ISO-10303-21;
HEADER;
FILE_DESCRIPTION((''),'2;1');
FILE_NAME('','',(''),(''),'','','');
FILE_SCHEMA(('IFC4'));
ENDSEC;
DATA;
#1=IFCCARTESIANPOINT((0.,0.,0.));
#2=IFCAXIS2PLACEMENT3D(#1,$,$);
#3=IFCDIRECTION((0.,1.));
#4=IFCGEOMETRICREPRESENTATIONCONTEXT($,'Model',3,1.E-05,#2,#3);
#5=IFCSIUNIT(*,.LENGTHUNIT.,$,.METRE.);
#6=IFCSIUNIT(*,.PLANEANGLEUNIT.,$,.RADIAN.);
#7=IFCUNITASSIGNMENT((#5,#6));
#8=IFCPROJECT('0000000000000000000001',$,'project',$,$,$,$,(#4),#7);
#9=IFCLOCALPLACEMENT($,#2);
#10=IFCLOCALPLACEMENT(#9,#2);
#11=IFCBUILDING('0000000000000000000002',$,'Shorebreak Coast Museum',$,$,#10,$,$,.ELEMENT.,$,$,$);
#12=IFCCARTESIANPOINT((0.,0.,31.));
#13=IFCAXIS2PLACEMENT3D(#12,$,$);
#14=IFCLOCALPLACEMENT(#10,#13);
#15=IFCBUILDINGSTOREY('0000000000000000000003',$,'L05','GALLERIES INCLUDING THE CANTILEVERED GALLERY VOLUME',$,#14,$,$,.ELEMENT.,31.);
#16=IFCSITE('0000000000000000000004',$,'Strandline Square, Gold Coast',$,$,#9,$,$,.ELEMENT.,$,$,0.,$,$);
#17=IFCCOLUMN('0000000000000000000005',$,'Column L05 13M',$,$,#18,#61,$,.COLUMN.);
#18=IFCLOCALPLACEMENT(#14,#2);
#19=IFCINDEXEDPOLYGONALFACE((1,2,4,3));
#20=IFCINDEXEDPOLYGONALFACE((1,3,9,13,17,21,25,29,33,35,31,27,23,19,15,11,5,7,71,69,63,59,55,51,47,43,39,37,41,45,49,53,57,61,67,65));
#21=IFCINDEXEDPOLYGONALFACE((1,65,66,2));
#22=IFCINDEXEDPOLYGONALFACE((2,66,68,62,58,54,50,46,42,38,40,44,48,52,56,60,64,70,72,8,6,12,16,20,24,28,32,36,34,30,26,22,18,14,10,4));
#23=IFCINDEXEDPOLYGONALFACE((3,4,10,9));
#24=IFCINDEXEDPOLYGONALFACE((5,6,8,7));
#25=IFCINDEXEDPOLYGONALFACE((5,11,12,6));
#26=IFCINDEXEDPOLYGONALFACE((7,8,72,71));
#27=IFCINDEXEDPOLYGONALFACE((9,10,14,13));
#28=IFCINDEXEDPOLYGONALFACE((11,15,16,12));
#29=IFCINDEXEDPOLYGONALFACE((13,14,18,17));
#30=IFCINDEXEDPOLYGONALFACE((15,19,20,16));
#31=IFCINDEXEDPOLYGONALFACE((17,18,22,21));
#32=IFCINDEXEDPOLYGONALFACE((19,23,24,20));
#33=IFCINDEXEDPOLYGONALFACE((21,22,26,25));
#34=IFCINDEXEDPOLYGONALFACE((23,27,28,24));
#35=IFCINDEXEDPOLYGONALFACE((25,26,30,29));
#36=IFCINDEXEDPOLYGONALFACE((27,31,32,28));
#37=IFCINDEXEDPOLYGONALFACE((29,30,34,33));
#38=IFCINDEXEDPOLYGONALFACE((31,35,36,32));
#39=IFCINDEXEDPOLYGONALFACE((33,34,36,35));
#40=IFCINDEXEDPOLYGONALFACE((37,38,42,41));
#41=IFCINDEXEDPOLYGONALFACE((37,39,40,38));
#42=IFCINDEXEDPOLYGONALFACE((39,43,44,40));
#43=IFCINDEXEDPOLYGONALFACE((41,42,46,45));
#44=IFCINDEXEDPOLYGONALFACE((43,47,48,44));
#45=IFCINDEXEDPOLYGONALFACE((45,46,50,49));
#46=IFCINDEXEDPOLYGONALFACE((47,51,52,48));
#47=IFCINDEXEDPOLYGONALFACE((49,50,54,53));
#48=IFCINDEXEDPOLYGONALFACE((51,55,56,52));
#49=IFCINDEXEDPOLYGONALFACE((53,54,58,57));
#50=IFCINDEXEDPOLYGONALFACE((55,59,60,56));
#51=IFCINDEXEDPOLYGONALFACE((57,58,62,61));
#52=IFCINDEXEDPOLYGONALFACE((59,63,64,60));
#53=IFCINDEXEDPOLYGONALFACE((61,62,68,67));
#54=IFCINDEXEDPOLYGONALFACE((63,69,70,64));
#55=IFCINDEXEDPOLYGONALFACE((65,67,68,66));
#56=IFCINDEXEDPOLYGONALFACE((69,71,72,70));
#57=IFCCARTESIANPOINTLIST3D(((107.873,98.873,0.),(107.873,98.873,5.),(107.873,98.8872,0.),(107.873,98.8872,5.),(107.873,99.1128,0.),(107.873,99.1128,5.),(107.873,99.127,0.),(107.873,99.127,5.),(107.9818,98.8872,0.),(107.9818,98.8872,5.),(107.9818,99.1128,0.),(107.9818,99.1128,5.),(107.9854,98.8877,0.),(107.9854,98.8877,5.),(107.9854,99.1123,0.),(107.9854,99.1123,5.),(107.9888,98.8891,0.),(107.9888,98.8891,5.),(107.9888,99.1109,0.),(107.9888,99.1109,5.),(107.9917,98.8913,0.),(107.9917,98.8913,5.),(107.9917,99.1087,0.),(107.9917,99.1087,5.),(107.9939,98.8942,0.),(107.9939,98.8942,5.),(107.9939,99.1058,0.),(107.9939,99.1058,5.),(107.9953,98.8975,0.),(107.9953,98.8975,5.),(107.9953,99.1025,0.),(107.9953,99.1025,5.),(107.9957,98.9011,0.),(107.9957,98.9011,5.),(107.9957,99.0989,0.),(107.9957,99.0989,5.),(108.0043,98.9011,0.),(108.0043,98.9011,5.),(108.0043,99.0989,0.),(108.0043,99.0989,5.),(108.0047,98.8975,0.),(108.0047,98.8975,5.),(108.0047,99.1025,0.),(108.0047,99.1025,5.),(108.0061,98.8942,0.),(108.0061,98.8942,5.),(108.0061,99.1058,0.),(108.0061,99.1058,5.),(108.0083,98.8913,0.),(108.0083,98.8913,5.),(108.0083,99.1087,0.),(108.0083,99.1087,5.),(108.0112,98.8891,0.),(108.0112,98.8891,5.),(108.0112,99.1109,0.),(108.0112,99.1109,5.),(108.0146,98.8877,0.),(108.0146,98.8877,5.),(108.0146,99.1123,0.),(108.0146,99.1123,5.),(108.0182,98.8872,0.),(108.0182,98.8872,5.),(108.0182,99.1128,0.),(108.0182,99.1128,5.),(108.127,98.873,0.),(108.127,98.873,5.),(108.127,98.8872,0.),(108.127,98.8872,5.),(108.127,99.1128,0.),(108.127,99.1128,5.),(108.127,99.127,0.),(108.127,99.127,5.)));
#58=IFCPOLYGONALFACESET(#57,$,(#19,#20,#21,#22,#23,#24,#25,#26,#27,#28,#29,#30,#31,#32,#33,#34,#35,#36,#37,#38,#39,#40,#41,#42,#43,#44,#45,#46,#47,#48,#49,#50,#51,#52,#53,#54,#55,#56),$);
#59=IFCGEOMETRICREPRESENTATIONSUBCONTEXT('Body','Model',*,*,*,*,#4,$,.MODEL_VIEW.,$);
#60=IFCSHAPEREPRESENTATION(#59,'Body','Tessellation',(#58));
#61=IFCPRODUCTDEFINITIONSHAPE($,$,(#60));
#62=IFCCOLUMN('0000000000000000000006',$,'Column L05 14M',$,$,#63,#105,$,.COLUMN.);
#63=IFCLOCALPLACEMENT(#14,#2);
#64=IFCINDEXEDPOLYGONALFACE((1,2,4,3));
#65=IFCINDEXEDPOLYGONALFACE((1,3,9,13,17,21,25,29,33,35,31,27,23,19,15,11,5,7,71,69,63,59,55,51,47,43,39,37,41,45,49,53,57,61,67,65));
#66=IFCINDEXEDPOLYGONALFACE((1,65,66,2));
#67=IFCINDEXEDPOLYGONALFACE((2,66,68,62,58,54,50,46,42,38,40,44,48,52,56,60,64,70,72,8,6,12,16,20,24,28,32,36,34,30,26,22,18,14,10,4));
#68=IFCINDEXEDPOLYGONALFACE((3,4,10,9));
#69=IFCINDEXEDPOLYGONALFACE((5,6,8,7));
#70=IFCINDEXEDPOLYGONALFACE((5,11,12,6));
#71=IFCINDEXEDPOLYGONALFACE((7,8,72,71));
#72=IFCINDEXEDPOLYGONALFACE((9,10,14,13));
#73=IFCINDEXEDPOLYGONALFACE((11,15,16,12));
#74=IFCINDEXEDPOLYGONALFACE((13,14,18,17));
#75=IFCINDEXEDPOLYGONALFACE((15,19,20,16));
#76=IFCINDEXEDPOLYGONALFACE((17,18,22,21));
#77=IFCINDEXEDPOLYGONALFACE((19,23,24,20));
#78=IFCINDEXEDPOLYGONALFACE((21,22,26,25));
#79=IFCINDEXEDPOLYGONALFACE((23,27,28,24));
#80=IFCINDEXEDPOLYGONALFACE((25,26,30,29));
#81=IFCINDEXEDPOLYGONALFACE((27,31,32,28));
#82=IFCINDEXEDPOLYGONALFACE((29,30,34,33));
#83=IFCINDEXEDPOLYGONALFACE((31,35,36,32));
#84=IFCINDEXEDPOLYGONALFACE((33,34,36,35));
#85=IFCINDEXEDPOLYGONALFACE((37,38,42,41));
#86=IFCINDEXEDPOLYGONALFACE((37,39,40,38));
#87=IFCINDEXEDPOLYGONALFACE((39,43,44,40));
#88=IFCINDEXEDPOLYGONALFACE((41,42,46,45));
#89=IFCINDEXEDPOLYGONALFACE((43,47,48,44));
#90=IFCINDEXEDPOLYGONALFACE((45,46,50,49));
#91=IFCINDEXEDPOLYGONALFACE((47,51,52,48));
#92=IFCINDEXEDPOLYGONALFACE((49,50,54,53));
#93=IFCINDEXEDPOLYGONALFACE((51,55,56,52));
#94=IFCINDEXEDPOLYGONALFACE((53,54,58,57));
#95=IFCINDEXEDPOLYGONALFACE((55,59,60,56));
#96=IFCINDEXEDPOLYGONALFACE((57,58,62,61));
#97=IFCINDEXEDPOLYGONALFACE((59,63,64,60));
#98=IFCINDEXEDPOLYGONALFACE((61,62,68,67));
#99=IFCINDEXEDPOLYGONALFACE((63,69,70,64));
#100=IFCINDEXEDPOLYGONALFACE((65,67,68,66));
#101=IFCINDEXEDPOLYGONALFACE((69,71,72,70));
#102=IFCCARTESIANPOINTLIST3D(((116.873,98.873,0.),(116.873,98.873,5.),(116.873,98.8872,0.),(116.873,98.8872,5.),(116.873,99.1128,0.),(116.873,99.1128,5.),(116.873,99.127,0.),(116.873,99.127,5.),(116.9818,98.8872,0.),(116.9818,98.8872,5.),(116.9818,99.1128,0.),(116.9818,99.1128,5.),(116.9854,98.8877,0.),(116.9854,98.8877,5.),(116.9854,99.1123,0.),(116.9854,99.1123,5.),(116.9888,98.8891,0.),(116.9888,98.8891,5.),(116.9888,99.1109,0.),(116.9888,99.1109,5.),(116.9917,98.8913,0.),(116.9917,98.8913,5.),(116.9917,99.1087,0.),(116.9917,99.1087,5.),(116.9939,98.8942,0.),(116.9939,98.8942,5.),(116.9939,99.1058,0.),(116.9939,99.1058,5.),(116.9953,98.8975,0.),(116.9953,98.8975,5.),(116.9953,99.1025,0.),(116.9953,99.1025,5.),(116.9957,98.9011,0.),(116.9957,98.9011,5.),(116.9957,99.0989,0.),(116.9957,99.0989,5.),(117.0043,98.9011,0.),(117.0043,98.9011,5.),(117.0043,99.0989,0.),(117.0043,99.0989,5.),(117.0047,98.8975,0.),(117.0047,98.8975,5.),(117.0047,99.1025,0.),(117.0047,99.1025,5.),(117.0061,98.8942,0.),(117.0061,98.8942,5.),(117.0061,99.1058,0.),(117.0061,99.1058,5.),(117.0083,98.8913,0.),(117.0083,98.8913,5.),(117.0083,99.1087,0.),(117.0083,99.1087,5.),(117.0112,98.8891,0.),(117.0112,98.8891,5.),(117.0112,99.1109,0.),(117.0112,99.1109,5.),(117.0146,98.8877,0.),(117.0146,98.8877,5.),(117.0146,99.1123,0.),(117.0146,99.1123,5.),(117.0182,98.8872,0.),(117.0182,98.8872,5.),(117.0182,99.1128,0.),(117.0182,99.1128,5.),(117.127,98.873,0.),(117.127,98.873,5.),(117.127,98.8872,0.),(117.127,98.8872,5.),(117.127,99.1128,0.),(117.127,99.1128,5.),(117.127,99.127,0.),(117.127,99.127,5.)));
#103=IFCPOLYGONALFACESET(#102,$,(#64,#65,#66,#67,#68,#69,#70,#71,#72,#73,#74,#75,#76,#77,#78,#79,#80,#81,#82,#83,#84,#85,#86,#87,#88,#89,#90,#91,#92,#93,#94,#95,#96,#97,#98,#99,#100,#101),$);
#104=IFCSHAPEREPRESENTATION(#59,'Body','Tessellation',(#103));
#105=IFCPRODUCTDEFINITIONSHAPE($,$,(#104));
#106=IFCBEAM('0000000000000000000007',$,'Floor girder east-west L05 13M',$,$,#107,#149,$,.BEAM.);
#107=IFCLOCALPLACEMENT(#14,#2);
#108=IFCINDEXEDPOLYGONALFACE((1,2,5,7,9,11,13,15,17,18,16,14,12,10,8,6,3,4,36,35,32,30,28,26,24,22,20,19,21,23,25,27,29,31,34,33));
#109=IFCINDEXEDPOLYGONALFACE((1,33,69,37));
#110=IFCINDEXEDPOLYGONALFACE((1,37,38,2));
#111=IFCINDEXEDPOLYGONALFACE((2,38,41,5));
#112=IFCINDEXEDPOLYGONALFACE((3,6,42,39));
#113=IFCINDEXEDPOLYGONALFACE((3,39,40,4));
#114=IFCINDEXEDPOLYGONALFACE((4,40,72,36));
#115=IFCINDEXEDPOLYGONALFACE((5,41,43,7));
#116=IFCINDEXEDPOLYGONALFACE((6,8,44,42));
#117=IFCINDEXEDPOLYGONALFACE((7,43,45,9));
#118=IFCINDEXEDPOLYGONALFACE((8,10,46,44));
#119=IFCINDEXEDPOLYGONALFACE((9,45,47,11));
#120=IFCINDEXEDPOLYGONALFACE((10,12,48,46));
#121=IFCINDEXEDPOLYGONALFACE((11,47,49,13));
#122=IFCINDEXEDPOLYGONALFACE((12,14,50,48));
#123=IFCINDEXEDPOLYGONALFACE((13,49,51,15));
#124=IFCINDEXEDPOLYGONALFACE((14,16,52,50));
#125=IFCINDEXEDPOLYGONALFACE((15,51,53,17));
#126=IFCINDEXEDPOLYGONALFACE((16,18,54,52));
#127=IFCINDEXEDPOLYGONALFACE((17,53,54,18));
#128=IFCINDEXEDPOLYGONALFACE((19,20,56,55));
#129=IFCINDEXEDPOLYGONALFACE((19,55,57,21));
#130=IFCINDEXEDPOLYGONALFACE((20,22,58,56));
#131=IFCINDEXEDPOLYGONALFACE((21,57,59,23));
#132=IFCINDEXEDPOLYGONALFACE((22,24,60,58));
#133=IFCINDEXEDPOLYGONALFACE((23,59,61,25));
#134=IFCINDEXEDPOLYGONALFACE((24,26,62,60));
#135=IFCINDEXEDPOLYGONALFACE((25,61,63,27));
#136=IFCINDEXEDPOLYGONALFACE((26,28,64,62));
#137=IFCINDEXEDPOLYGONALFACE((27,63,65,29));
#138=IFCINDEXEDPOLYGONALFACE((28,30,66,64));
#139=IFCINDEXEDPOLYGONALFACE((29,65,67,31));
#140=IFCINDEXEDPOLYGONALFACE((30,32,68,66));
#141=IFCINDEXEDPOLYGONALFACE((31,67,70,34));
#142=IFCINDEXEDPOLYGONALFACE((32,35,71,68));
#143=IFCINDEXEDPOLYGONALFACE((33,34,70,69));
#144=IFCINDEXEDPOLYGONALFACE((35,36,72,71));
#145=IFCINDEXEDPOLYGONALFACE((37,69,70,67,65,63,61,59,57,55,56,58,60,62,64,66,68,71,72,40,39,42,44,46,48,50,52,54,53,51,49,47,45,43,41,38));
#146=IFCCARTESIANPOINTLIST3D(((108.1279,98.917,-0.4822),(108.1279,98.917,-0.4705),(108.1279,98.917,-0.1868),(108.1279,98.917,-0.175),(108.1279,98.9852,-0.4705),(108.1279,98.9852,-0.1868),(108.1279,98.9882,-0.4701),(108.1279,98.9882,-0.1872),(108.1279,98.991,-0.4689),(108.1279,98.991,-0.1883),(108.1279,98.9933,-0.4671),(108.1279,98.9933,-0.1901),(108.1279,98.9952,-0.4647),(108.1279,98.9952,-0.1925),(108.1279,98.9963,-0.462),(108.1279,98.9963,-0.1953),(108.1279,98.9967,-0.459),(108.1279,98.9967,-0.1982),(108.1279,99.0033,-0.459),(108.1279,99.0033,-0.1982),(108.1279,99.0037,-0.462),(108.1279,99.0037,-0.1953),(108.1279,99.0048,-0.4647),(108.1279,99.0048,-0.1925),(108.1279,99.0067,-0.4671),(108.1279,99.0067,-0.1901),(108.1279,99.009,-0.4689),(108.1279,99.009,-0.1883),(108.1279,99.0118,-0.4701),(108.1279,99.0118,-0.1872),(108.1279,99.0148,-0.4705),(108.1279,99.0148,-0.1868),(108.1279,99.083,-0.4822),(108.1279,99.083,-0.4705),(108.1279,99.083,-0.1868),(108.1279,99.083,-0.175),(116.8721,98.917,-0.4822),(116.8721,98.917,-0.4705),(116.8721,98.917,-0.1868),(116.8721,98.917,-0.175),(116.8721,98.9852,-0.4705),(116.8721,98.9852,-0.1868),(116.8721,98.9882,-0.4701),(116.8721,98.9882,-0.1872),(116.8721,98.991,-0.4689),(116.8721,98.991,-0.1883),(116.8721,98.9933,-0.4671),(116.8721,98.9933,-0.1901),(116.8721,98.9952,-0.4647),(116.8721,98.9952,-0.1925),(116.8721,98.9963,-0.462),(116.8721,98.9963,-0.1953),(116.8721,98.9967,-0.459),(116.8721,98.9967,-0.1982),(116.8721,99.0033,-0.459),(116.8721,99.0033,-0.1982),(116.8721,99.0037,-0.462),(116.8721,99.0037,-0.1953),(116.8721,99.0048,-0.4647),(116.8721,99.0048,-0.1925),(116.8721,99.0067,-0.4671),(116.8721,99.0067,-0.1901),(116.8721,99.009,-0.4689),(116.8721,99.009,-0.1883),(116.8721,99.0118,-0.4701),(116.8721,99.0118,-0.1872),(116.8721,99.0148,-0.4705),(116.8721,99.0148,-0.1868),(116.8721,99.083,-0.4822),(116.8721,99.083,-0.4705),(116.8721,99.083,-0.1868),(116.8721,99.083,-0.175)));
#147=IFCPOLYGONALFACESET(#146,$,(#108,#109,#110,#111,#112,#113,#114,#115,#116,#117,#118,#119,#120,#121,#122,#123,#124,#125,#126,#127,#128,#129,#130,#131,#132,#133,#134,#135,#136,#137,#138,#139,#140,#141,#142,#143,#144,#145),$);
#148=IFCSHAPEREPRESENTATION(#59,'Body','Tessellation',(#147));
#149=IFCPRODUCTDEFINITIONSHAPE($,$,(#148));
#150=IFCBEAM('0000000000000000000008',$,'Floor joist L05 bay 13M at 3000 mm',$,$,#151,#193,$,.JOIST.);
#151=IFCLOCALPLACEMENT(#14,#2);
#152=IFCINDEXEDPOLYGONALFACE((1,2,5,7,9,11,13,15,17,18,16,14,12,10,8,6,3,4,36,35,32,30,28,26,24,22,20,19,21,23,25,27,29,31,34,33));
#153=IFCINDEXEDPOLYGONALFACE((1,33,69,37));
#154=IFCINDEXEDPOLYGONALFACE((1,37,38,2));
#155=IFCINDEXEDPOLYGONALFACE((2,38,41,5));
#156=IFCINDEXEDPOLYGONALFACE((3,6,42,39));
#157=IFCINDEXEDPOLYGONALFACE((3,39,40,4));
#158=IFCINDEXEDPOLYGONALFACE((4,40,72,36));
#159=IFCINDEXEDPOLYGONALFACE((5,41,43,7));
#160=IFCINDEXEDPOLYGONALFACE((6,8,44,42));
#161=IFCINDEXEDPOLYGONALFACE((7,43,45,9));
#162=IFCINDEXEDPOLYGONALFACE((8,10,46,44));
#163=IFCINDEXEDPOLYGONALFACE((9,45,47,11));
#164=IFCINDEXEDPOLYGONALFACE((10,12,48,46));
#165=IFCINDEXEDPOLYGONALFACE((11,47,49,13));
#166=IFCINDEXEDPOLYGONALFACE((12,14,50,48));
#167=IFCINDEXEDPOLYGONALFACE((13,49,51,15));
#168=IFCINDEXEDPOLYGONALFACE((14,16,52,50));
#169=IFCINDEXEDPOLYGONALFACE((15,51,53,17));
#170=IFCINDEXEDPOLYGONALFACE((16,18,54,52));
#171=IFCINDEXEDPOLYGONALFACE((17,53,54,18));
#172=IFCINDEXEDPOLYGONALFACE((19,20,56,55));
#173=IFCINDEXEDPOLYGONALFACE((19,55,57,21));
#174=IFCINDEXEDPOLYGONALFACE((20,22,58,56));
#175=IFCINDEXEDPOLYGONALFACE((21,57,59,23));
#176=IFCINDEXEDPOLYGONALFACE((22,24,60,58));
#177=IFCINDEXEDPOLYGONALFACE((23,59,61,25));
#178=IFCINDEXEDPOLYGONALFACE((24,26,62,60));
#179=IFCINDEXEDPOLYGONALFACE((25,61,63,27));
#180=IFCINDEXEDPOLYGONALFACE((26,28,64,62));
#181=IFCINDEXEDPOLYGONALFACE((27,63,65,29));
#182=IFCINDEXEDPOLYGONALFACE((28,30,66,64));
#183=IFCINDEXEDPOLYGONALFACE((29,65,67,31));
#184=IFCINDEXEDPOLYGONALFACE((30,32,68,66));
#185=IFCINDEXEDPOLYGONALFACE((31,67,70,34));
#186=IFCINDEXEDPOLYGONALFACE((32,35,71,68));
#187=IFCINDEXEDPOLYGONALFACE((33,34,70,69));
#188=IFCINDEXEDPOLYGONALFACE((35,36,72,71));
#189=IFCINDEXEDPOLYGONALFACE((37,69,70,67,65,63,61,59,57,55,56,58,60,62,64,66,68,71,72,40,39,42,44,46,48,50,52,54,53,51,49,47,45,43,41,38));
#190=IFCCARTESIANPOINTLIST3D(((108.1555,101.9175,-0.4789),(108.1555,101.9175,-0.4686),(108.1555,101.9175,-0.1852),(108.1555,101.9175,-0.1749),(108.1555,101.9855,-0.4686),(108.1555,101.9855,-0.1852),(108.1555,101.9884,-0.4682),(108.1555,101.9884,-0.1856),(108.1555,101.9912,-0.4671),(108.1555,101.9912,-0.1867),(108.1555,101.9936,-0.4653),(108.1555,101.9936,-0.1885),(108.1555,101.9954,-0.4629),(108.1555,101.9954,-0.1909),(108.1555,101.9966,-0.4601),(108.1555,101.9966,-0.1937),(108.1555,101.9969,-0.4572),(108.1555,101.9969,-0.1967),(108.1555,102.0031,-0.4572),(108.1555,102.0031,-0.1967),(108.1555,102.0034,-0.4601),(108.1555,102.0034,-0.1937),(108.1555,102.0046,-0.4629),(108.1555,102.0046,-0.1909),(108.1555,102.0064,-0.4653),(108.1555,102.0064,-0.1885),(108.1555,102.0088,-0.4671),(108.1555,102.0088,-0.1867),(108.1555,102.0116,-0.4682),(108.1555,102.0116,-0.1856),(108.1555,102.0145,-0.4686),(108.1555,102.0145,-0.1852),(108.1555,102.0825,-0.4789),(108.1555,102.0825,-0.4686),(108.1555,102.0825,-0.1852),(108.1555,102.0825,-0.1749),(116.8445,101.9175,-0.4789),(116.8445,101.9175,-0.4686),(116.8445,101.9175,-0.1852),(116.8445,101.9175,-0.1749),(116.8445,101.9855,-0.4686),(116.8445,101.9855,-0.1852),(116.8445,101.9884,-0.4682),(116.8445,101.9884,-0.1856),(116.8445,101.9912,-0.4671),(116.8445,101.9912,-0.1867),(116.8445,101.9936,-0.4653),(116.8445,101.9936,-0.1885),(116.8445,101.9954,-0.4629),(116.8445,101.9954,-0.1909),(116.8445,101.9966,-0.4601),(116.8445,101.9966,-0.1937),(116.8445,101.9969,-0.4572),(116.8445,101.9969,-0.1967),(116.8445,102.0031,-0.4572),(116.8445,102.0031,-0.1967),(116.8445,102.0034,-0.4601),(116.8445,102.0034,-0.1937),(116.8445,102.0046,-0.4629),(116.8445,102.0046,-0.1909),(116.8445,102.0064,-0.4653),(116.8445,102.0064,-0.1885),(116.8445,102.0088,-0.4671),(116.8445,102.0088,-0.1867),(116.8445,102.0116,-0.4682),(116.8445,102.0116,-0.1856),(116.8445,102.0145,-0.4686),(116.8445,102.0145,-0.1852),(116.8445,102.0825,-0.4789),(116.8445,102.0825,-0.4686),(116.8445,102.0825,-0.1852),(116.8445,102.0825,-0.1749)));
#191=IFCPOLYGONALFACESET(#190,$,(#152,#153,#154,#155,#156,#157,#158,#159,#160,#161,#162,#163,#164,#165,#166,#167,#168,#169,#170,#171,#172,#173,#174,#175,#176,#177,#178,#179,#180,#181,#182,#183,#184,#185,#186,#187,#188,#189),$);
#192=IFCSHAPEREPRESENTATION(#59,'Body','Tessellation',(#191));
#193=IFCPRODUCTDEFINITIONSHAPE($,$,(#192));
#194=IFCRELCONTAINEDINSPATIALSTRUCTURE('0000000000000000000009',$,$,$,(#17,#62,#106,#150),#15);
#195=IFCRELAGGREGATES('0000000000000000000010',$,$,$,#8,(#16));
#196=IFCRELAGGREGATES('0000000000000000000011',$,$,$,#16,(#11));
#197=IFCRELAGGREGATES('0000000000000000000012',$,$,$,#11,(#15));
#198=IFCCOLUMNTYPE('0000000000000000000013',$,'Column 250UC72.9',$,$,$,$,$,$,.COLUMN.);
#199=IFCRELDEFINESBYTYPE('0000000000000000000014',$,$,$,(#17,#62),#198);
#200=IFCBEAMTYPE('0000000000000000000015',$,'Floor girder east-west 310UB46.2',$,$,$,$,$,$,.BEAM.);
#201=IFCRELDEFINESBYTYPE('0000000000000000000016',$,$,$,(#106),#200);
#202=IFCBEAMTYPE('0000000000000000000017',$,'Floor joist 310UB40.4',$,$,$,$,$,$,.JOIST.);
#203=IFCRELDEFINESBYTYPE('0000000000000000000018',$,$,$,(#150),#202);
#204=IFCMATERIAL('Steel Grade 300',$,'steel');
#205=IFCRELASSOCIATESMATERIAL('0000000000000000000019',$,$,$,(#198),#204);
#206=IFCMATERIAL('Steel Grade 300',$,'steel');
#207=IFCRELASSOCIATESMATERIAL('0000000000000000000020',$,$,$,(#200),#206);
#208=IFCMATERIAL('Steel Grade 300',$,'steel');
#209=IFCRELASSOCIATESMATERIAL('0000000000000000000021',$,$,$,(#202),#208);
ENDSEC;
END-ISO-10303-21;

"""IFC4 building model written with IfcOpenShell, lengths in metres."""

from ifc_helpers import new_model, si_unit, direction, frame, origin, origin_2d, place, context, subcontext, project, spatial, i_section, extrude, material, material_profile, profile_set, type_object, element, save


model = new_model("IFC4")

# Units and contexts
model_context = context("Model", 3, precision=1e-05, world=origin(), true_north=direction((0.0, 1.0)))
body_context = subcontext(model_context, "Body", "Model", "MODEL_VIEW")
ifc_project = project(units=[si_unit("LENGTHUNIT", "METRE"), si_unit("PLANEANGLEUNIT", "RADIAN")], contexts=[model_context])

# Site, building, storey
site_placement = place(None, origin())
site = spatial("IfcSite", under=ifc_project, at=site_placement, Name="Strandline Square, Gold Coast", CompositionType="ELEMENT", RefElevation=0.0)
building_placement = place(site_placement, origin())
building = spatial("IfcBuilding", under=site, at=building_placement, Name="Shorebreak Coast Museum", CompositionType="ELEMENT")
storey_placement = place(building_placement, frame((0.0, 0.0, 31.0)))
storey = spatial("IfcBuildingStorey", under=building, at=storey_placement, Name="L05", Description="GALLERIES INCLUDING THE CANTILEVERED GALLERY VOLUME", CompositionType="ELEMENT", Elevation=31.0)

# Columns
ifc_material_1 = material(Name="Steel Grade 300", Category="steel")
ifc_material_profile_1 = material_profile(ifc_material_1, i_section(OverallWidth=0.2539, OverallDepth=0.2539, WebThickness=0.0085, FlangeThickness=0.0142, FilletRadius=0.0139, at=origin_2d()), Name="250UC72.9")
ifc_profile_set_1 = profile_set([ifc_material_profile_1], Name="Steel Grade 300")
column_type = type_object("IfcColumnType", Name="Column 250UC72.9", PredefinedType="COLUMN", material=ifc_profile_set_1)
for number, where, z_axis, x_axis, name in (
    (1, (108.0, 99.0, 0.0), (0.0, 0.0, 1.0), (1.0, 0.0, 0.0), "Column L05 13M"),
    (2, (117.0, 99.0, 0.0), (0.0, 0.0, 1.0), (1.0, 0.0, 0.0), "Column L05 14M"),
):
    element("IfcColumn", number, at=place(storey_placement, frame(where, z_axis=z_axis, x_axis=x_axis)), inside=storey, type_object=column_type, Name=name, PredefinedType="COLUMN", context=body_context, shape_type="SweptSolid", body=[
        extrude(i_section(OverallWidth=0.2539, OverallDepth=0.2539, WebThickness=0.0085, FlangeThickness=0.0142, FilletRadius=0.0139, at=origin_2d()), origin(), (0.0, 0.0, 1.0), 5.0),
    ])

# Beams
ifc_material_2 = material(Name="Steel Grade 300", Category="steel")
ifc_material_profile_2 = material_profile(ifc_material_2, i_section(OverallWidth=0.166, OverallDepth=0.3071, WebThickness=0.0066, FlangeThickness=0.0117, FilletRadius=0.0115, at=origin_2d()), Name="310UB46.2")
ifc_profile_set_2 = profile_set([ifc_material_profile_2], Name="Steel Grade 300")
beam_type_1 = type_object("IfcBeamType", Name="Floor girder east-west 310UB46.2", PredefinedType="BEAM", material=ifc_profile_set_2)
beam_placement = place(storey_placement, frame((108.1279, 99.0, -0.3286), z_axis=(1.0, 0.0, 0.0), x_axis=(0.0, 1.0, 0.0)))
element("IfcBeam", 3, at=beam_placement, inside=storey, type_object=beam_type_1, Name="Floor girder east-west L05 13M", PredefinedType="BEAM", context=body_context, shape_type="SweptSolid", body=[
    extrude(i_section(OverallWidth=0.166, OverallDepth=0.3071, WebThickness=0.0066, FlangeThickness=0.0117, FilletRadius=0.0115, at=origin_2d()), origin(), (0.0, 0.0, 1.0), 8.7441),
])
ifc_material_3 = material(Name="Steel Grade 300", Category="steel")
ifc_material_profile_3 = material_profile(ifc_material_3, i_section(OverallWidth=0.165, OverallDepth=0.304, WebThickness=0.0061, FlangeThickness=0.0103, FilletRadius=0.0115, at=origin_2d()), Name="310UB40.4")
ifc_profile_set_3 = profile_set([ifc_material_profile_3], Name="Steel Grade 300")
beam_type_2 = type_object("IfcBeamType", Name="Floor joist 310UB40.4", PredefinedType="JOIST", material=ifc_profile_set_3)
for number, where, z_axis, x_axis, name in (
    (4, (108.1555, 102.0, -0.3269), (1.0, 0.0, 0.0), (0.0, 1.0, 0.0), "Floor joist L05 bay 13M at 3000 mm"),
):
    element("IfcBeam", number, at=place(storey_placement, frame(where, z_axis=z_axis, x_axis=x_axis)), inside=storey, type_object=beam_type_2, Name=name, PredefinedType="JOIST", context=body_context, shape_type="SweptSolid", body=[
        extrude(i_section(OverallWidth=0.165, OverallDepth=0.304, WebThickness=0.0061, FlangeThickness=0.0103, FilletRadius=0.0115, at=origin_2d()), origin(), (0.0, 0.0, 1.0), 8.689),
    ])

save(model, "model.ifc")
